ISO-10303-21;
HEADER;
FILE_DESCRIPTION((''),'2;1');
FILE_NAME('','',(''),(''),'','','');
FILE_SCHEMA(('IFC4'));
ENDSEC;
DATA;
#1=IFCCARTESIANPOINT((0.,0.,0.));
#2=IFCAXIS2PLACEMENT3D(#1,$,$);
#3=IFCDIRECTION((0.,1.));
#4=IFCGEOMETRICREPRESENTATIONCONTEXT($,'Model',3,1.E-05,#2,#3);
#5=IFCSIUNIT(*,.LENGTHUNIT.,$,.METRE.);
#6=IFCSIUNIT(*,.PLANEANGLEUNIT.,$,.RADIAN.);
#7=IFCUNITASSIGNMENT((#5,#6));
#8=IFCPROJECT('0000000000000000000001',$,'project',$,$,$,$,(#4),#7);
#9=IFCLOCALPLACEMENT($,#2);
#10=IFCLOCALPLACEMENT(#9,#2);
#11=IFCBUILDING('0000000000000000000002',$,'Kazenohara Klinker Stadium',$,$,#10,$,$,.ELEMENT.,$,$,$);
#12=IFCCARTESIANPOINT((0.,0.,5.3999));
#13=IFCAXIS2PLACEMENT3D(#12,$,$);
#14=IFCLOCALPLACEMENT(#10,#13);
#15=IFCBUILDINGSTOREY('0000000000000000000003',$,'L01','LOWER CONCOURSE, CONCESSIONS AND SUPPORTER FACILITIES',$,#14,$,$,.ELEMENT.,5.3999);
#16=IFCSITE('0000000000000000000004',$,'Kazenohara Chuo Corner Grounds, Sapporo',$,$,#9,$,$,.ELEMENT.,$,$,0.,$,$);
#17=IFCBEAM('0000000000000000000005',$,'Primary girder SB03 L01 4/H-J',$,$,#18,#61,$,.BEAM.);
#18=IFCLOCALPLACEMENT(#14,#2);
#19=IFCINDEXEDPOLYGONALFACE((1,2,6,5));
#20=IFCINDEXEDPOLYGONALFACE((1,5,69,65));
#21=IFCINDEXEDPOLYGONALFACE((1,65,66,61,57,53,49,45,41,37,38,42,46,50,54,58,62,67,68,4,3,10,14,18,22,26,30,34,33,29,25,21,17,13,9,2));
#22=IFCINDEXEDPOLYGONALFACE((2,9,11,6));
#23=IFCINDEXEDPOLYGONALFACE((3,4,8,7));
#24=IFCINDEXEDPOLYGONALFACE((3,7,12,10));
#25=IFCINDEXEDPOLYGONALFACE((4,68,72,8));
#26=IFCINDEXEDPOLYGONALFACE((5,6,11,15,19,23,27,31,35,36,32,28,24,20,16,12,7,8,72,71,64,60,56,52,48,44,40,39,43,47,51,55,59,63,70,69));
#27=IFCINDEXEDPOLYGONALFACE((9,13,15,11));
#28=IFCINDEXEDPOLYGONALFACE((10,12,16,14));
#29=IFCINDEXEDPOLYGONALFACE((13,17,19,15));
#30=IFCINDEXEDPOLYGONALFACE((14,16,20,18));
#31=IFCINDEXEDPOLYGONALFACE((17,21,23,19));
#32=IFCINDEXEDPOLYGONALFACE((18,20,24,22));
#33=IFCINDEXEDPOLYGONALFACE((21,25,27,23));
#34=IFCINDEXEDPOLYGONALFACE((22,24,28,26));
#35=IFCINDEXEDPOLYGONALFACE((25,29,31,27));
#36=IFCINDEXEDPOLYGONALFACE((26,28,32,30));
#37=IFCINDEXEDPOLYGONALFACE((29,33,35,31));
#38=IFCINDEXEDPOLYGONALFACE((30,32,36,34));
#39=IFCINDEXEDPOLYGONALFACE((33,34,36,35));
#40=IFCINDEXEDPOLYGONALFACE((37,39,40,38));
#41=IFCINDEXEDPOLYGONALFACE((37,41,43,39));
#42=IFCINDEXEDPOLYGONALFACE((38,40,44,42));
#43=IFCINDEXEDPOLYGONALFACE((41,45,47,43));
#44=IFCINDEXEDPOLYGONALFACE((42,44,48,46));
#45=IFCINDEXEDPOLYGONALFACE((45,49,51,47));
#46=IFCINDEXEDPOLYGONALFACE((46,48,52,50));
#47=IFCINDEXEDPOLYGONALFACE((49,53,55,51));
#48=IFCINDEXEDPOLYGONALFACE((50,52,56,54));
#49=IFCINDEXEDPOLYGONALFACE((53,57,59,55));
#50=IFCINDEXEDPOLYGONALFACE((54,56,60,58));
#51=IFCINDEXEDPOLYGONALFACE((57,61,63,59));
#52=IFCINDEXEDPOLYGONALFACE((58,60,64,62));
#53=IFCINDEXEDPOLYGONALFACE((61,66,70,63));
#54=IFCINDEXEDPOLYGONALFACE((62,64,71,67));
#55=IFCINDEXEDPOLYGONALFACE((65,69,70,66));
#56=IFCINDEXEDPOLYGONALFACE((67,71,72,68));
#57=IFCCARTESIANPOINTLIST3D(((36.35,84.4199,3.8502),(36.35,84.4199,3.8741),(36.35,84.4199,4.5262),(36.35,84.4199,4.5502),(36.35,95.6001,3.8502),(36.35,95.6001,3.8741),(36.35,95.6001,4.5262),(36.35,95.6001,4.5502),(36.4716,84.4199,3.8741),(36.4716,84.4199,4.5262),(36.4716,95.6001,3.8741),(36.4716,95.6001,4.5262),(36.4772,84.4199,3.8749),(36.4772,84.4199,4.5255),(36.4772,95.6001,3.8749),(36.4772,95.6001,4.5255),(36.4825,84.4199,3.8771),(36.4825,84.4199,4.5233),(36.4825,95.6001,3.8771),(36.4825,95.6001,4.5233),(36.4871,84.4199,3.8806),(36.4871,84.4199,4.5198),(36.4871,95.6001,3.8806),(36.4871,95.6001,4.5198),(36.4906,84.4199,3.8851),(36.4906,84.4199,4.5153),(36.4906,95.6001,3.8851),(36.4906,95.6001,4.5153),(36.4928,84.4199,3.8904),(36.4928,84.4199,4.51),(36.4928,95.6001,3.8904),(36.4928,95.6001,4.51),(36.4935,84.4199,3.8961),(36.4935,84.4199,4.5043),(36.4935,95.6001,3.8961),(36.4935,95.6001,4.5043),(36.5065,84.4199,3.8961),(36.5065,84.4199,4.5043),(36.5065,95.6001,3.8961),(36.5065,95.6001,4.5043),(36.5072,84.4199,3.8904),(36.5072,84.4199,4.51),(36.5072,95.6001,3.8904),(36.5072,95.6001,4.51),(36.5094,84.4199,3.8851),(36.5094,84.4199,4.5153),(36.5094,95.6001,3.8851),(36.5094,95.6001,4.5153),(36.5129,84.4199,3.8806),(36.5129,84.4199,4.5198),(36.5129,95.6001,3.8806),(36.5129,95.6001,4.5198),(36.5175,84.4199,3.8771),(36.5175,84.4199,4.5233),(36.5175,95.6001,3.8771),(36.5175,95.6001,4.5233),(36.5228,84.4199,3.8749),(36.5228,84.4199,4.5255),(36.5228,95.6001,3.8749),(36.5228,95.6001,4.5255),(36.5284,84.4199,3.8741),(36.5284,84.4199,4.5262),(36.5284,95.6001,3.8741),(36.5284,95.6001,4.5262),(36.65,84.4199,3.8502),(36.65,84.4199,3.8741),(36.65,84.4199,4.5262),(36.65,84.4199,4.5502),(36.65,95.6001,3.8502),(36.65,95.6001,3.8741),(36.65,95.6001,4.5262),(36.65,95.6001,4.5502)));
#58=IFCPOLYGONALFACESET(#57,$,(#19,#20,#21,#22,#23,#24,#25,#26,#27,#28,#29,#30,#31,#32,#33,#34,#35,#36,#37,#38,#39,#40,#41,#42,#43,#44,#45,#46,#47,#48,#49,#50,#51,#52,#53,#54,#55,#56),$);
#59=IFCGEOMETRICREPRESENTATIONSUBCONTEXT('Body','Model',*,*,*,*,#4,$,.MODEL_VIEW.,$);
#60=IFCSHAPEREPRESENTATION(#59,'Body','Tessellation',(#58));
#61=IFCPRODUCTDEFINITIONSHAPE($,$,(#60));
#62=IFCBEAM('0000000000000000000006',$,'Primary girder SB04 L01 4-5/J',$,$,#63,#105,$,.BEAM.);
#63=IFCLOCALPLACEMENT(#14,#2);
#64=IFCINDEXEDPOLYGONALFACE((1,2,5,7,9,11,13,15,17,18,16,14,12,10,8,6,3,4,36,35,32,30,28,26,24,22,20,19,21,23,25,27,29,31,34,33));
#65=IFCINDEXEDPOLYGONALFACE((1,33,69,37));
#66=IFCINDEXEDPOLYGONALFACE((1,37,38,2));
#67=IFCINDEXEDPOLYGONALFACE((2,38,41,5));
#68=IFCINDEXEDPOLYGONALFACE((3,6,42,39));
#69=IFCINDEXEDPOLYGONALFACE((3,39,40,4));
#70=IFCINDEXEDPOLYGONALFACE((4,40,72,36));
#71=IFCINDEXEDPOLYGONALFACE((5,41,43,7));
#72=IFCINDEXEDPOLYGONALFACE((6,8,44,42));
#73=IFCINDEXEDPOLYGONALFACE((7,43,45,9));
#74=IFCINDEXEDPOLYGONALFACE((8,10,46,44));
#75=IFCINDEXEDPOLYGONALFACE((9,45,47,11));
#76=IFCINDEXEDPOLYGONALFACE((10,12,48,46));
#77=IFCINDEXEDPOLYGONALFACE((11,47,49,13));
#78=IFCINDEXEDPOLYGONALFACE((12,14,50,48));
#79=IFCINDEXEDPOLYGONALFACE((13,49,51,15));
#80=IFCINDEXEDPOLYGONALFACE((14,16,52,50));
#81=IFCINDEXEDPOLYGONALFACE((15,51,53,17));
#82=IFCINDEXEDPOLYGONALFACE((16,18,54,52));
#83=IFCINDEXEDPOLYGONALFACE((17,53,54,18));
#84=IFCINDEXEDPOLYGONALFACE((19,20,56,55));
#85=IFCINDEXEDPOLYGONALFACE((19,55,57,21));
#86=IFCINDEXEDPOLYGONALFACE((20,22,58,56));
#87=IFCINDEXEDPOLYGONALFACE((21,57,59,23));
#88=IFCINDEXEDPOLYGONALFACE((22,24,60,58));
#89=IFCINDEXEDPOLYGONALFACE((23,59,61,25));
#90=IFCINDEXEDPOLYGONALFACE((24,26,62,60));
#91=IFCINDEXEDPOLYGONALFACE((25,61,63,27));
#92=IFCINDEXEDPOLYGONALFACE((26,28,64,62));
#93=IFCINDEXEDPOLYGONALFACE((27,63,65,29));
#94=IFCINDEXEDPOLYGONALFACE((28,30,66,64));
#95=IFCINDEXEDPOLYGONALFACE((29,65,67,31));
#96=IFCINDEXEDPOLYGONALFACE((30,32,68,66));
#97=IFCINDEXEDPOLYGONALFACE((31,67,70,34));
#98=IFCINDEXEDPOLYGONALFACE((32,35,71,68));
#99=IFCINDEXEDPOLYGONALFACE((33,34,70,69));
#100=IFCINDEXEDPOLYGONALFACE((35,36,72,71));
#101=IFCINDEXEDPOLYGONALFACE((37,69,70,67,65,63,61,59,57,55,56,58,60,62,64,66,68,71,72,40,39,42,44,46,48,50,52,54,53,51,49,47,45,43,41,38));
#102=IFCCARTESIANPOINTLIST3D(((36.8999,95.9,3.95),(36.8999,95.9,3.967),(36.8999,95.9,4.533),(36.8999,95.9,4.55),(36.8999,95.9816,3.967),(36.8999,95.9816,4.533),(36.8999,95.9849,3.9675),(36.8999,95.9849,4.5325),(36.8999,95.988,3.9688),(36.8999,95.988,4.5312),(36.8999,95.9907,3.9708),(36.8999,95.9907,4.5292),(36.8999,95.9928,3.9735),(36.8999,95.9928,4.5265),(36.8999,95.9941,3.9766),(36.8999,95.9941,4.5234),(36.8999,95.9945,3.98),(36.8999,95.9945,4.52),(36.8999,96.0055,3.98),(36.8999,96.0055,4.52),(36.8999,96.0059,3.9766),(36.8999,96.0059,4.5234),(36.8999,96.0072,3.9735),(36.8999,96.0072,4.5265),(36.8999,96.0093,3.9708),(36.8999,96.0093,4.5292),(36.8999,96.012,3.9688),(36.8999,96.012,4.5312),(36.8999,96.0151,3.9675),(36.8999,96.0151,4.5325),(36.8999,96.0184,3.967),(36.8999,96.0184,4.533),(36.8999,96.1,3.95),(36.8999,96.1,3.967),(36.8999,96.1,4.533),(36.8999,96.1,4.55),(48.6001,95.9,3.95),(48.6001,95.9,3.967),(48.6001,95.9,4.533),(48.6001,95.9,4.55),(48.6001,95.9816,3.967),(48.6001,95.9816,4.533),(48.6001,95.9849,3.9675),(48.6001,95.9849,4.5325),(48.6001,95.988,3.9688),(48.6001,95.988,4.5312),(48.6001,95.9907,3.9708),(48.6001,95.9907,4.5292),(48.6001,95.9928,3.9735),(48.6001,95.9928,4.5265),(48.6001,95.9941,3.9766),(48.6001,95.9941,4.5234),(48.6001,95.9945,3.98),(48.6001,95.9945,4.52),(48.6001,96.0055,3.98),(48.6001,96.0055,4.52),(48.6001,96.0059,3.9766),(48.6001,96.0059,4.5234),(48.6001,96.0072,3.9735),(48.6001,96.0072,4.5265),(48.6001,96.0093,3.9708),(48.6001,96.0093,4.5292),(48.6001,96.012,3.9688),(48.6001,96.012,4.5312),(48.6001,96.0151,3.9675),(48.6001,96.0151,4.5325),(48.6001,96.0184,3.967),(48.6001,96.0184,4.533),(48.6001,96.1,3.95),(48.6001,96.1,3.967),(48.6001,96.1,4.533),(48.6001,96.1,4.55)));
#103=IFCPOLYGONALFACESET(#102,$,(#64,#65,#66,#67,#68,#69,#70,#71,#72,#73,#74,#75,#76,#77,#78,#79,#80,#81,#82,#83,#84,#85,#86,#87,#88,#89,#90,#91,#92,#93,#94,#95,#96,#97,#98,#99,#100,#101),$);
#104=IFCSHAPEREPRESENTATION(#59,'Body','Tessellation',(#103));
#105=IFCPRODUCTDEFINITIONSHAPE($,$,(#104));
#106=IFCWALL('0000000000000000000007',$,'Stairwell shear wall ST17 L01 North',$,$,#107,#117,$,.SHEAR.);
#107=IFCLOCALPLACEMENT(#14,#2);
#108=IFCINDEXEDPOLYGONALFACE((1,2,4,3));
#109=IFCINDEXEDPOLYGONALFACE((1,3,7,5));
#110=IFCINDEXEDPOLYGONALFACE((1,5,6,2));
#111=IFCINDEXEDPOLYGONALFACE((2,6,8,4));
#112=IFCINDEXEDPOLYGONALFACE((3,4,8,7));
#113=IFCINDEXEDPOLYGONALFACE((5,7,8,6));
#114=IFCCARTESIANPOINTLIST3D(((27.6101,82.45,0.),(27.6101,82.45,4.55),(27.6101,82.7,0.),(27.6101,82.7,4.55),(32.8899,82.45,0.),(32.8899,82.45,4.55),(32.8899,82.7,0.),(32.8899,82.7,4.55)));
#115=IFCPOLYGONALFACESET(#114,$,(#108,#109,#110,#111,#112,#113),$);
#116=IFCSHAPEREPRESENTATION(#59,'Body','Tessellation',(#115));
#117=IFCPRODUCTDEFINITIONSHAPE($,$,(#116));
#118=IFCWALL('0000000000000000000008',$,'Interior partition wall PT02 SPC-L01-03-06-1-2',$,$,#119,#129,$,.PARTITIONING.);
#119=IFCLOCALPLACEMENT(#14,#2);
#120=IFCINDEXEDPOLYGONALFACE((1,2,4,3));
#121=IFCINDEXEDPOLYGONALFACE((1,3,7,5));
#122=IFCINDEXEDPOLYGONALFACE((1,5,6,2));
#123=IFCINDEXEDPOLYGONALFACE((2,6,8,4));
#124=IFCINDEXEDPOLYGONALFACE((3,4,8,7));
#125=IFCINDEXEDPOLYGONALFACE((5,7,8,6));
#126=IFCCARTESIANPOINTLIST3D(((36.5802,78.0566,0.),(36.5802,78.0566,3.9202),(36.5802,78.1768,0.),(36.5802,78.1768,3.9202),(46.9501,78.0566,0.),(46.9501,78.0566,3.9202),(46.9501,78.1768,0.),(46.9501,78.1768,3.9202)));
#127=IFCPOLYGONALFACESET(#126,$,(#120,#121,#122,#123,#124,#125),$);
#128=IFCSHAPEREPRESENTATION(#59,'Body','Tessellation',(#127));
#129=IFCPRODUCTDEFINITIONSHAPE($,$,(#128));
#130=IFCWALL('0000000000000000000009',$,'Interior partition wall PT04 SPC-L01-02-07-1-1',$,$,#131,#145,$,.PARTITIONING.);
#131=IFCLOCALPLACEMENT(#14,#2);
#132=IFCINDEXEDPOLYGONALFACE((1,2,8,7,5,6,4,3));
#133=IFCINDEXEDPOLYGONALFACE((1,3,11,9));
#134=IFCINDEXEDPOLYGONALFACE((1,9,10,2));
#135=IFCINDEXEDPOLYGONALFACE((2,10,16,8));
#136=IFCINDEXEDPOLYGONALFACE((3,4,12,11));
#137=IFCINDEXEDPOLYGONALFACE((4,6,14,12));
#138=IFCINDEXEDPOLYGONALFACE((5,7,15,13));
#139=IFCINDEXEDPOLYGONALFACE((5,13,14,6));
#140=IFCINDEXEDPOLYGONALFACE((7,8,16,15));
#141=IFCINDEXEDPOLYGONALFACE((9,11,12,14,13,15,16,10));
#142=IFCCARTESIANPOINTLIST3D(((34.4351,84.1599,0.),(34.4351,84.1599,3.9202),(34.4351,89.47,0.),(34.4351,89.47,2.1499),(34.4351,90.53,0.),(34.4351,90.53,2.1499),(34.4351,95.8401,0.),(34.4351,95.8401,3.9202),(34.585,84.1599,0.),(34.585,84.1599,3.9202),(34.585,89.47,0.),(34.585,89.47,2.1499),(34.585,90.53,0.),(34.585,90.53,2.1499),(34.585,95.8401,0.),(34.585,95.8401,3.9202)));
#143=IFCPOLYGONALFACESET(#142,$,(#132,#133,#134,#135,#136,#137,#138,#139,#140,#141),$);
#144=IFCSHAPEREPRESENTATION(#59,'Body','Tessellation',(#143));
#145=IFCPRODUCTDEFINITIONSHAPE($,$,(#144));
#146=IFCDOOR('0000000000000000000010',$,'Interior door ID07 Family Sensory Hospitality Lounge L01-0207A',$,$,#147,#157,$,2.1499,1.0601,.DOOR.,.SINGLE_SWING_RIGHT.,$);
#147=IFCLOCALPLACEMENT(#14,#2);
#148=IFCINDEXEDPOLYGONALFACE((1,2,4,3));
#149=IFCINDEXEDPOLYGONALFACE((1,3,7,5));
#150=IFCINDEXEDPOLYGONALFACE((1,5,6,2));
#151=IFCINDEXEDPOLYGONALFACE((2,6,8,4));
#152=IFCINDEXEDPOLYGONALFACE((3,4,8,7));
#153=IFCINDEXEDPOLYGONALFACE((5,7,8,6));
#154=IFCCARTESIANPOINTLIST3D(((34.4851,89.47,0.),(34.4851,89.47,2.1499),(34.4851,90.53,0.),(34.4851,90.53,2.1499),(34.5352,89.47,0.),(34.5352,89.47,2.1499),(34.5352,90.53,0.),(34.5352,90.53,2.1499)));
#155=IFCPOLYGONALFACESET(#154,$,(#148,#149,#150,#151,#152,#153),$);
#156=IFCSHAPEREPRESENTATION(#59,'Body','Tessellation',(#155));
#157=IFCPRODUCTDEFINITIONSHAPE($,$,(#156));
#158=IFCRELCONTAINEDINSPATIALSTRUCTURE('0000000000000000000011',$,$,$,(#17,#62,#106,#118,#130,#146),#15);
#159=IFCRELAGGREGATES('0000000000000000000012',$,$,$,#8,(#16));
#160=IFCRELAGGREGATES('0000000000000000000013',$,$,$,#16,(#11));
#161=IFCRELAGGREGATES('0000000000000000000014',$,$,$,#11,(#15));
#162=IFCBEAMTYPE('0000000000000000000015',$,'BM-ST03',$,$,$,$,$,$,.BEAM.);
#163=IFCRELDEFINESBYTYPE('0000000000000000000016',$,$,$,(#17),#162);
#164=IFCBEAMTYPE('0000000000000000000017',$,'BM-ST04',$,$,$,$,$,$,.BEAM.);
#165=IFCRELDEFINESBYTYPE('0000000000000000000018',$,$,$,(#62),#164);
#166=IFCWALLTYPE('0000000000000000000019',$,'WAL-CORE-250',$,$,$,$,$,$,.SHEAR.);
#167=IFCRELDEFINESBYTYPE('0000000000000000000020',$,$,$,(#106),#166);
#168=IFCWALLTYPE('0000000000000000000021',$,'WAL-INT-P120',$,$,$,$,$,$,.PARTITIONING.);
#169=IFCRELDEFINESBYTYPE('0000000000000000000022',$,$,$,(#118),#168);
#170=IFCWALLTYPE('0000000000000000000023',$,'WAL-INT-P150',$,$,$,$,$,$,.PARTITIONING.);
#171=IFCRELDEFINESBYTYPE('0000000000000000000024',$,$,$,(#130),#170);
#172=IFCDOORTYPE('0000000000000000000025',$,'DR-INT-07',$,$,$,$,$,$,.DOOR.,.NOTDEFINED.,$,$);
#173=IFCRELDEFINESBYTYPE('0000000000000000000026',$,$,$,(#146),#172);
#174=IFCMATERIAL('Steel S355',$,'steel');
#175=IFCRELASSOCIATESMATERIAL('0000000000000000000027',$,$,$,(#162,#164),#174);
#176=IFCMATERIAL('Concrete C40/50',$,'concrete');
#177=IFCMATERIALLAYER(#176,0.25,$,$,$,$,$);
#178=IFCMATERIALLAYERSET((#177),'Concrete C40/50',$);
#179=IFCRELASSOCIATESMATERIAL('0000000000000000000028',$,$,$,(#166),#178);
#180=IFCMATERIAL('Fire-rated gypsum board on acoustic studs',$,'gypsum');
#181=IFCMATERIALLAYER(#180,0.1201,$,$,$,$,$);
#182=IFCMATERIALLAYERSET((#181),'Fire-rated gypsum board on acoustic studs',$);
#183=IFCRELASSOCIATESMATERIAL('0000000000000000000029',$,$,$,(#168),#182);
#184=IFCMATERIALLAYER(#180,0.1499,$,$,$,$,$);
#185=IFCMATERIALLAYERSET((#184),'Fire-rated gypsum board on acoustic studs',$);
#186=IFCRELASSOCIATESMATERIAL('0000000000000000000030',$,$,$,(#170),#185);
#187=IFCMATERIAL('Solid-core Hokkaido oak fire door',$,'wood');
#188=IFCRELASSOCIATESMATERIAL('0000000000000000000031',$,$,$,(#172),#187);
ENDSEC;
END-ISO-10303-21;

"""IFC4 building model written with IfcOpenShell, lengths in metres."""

from ifc_helpers import new_model, si_unit, direction, frame, frame_2d, origin, origin_2d, place, context, subcontext, project, spatial, rectangle, i_section, extrude, material, layer, layer_set, material_profile, profile_set, type_object, element, fill, save


model = new_model("IFC4")

# Units and contexts
model_context = context("Model", 3, precision=1e-05, world=origin(), true_north=direction((0.0, 1.0)))
body_context = subcontext(model_context, "Body", "Model", "MODEL_VIEW")
ifc_project = project(units=[si_unit("LENGTHUNIT", "METRE"), si_unit("PLANEANGLEUNIT", "RADIAN")], contexts=[model_context])

# Site, building, storey
site_placement = place(None, origin())
site = spatial("IfcSite", under=ifc_project, at=site_placement, Name="Kazenohara Chuo Corner Grounds, Sapporo", CompositionType="ELEMENT", RefElevation=0.0)
building_placement = place(site_placement, origin())
building = spatial("IfcBuilding", under=site, at=building_placement, Name="Kazenohara Klinker Stadium", CompositionType="ELEMENT")
storey_placement = place(building_placement, frame((0.0, 0.0, 5.3999)))
storey = spatial("IfcBuildingStorey", under=building, at=storey_placement, Name="L01", Description="LOWER CONCOURSE, CONCESSIONS AND SUPPORTER FACILITIES", CompositionType="ELEMENT", Elevation=5.3999)

# Shared definitions
ifc_material_1 = material(Name="Concrete C40/50", Category="concrete")

# Beams
ifc_material_2 = material(Name="Steel S355", Category="steel")
ifc_material_profile_1 = material_profile(ifc_material_2, i_section(OverallWidth=0.3, OverallDepth=0.7, WebThickness=0.0129, FlangeThickness=0.0239, FilletRadius=0.022, at=origin_2d()), Name="H-700x300x13x24")
ifc_profile_set_1 = profile_set([ifc_material_profile_1], Name="Steel S355")
beam_type_1 = type_object("IfcBeamType", Name="BM-ST03", PredefinedType="BEAM", material=ifc_profile_set_1)
beam_1_placement = place(storey_placement, frame((36.5, 84.4199, 4.2002), z_axis=(0.0, 1.0, 0.0), x_axis=(-1.0, 0.0, 0.0)))
element("IfcBeam", 1, at=beam_1_placement, inside=storey, type_object=beam_type_1, Name="Primary girder SB03 L01 4/H-J", PredefinedType="BEAM", context=body_context, shape_type="SweptSolid", body=[
    extrude(i_section(OverallWidth=0.3, OverallDepth=0.7, WebThickness=0.0129, FlangeThickness=0.0239, FilletRadius=0.022, at=origin_2d()), origin(), (0.0, 0.0, 1.0), 11.1802),
])
ifc_material_profile_2 = material_profile(ifc_material_2, i_section(OverallWidth=0.2, OverallDepth=0.6001, WebThickness=0.011, FlangeThickness=0.0171, FilletRadius=0.0129, at=origin_2d()), Name="H-600x200x11x17")
ifc_profile_set_2 = profile_set([ifc_material_profile_2], Name="Steel S355")
beam_type_2 = type_object("IfcBeamType", Name="BM-ST04", PredefinedType="BEAM", material=ifc_profile_set_2)
beam_2_placement = place(storey_placement, frame((36.8999, 96.0, 4.25), z_axis=(1.0, 0.0, 0.0), x_axis=(0.0, 1.0, 0.0)))
element("IfcBeam", 2, at=beam_2_placement, inside=storey, type_object=beam_type_2, Name="Primary girder SB04 L01 4-5/J", PredefinedType="BEAM", context=body_context, shape_type="SweptSolid", body=[
    extrude(i_section(OverallWidth=0.2, OverallDepth=0.6001, WebThickness=0.011, FlangeThickness=0.0171, FilletRadius=0.0129, at=origin_2d()), origin(), (0.0, 0.0, 1.0), 11.7002),
])

# Walls
ifc_layer_1 = layer(ifc_material_1, 0.25)
ifc_layer_set_1 = layer_set([ifc_layer_1], Name="Concrete C40/50")
wall_type_1 = type_object("IfcWallType", Name="WAL-CORE-250", PredefinedType="SHEAR", material=ifc_layer_set_1)
wall_1_placement = place(storey_placement, frame((27.6101, 82.575, 0.0), z_axis=(0.0, 0.0, 1.0), x_axis=(1.0, 0.0, 0.0)))
element("IfcWall", 3, at=wall_1_placement, inside=storey, type_object=wall_type_1, Name="Stairwell shear wall ST17 L01 North", PredefinedType="SHEAR", context=body_context, shape_type="SweptSolid", body=[
    extrude(rectangle(XDim=5.2798, YDim=0.25, at=frame_2d((2.6399, 0.0))), origin(), (0.0, 0.0, 1.0), 4.55),
])
ifc_material_3 = material(Name="Fire-rated gypsum board on acoustic studs", Category="gypsum")
ifc_layer_2 = layer(ifc_material_3, 0.1201)
ifc_layer_set_2 = layer_set([ifc_layer_2], Name="Fire-rated gypsum board on acoustic studs")
wall_type_2 = type_object("IfcWallType", Name="WAL-INT-P120", PredefinedType="PARTITIONING", material=ifc_layer_set_2)
wall_2_placement = place(storey_placement, frame((36.5801, 78.1167, 0.0), z_axis=(0.0, 0.0, 1.0), x_axis=(1.0, 0.0, 0.0)))
element("IfcWall", 4, at=wall_2_placement, inside=storey, type_object=wall_type_2, Name="Interior partition wall PT02 SPC-L01-03-06-1-2", PredefinedType="PARTITIONING", context=body_context, shape_type="SweptSolid", body=[
    extrude(rectangle(XDim=10.3699, YDim=0.1201, at=frame_2d((5.1851, 0.0))), origin(), (0.0, 0.0, 1.0), 3.9202),
])

# Wall, opening, door
ifc_layer_3 = layer(ifc_material_3, 0.1499)
ifc_layer_set_3 = layer_set([ifc_layer_3], Name="Fire-rated gypsum board on acoustic studs")
wall_type_3 = type_object("IfcWallType", Name="WAL-INT-P150", PredefinedType="PARTITIONING", material=ifc_layer_set_3)
wall_3_placement = place(storey_placement, frame((34.51, 84.1599, 0.0), z_axis=(0.0, 0.0, 1.0), x_axis=(0.0, 1.0, 0.0)))
wall_3 = element("IfcWall", 5, at=wall_3_placement, inside=storey, type_object=wall_type_3, Name="Interior partition wall PT04 SPC-L01-02-07-1-1", PredefinedType="PARTITIONING", context=body_context, shape_type="SweptSolid", body=[
    extrude(rectangle(XDim=11.6802, YDim=0.1499, at=frame_2d((5.8401, 0.0))), origin(), (0.0, 0.0, 1.0), 3.9202),
])
opening_placement = place(wall_3_placement, frame((5.3101, 0.0, 0.0)))
opening = element("IfcOpeningElement", 6, at=opening_placement, cuts=wall_3, PredefinedType="OPENING", context=body_context, shape_type="SweptSolid", body=[
    extrude(rectangle(XDim=1.0601, YDim=2.1499, at=frame_2d((0.53, 1.075))), frame((0.0, 0.085, 0.0), z_axis=(0.0, -1.0, 0.0), x_axis=(1.0, 0.0, 0.0)), (0.0, 0.0, 1.0), 0.1699),
])
ifc_material_4 = material(Name="Solid-core Hokkaido oak fire door", Category="wood")
door_type = type_object("IfcDoorType", Name="DR-INT-07", OperationType="NOTDEFINED", PredefinedType="DOOR", material=ifc_material_4)
door_placement = place(opening_placement, origin())
door = element("IfcDoor", 7, at=door_placement, inside=storey, type_object=door_type, Name="Interior door ID07 Family Sensory Hospitality Lounge L01-0207A", OperationType="SINGLE_SWING_RIGHT", OverallHeight=2.1499, OverallWidth=1.0601, PredefinedType="DOOR", context=body_context, shape_type="SweptSolid", body=[
    extrude(rectangle(XDim=1.0601, YDim=2.1499, at=frame_2d((0.53, 1.075))), frame((0.0, 0.0249, 0.0), z_axis=(0.0, -1.0, 0.0), x_axis=(1.0, 0.0, 0.0)), (0.0, 0.0, 1.0), 0.05),
])
fill(opening, door)

save(model, "model.ifc")
